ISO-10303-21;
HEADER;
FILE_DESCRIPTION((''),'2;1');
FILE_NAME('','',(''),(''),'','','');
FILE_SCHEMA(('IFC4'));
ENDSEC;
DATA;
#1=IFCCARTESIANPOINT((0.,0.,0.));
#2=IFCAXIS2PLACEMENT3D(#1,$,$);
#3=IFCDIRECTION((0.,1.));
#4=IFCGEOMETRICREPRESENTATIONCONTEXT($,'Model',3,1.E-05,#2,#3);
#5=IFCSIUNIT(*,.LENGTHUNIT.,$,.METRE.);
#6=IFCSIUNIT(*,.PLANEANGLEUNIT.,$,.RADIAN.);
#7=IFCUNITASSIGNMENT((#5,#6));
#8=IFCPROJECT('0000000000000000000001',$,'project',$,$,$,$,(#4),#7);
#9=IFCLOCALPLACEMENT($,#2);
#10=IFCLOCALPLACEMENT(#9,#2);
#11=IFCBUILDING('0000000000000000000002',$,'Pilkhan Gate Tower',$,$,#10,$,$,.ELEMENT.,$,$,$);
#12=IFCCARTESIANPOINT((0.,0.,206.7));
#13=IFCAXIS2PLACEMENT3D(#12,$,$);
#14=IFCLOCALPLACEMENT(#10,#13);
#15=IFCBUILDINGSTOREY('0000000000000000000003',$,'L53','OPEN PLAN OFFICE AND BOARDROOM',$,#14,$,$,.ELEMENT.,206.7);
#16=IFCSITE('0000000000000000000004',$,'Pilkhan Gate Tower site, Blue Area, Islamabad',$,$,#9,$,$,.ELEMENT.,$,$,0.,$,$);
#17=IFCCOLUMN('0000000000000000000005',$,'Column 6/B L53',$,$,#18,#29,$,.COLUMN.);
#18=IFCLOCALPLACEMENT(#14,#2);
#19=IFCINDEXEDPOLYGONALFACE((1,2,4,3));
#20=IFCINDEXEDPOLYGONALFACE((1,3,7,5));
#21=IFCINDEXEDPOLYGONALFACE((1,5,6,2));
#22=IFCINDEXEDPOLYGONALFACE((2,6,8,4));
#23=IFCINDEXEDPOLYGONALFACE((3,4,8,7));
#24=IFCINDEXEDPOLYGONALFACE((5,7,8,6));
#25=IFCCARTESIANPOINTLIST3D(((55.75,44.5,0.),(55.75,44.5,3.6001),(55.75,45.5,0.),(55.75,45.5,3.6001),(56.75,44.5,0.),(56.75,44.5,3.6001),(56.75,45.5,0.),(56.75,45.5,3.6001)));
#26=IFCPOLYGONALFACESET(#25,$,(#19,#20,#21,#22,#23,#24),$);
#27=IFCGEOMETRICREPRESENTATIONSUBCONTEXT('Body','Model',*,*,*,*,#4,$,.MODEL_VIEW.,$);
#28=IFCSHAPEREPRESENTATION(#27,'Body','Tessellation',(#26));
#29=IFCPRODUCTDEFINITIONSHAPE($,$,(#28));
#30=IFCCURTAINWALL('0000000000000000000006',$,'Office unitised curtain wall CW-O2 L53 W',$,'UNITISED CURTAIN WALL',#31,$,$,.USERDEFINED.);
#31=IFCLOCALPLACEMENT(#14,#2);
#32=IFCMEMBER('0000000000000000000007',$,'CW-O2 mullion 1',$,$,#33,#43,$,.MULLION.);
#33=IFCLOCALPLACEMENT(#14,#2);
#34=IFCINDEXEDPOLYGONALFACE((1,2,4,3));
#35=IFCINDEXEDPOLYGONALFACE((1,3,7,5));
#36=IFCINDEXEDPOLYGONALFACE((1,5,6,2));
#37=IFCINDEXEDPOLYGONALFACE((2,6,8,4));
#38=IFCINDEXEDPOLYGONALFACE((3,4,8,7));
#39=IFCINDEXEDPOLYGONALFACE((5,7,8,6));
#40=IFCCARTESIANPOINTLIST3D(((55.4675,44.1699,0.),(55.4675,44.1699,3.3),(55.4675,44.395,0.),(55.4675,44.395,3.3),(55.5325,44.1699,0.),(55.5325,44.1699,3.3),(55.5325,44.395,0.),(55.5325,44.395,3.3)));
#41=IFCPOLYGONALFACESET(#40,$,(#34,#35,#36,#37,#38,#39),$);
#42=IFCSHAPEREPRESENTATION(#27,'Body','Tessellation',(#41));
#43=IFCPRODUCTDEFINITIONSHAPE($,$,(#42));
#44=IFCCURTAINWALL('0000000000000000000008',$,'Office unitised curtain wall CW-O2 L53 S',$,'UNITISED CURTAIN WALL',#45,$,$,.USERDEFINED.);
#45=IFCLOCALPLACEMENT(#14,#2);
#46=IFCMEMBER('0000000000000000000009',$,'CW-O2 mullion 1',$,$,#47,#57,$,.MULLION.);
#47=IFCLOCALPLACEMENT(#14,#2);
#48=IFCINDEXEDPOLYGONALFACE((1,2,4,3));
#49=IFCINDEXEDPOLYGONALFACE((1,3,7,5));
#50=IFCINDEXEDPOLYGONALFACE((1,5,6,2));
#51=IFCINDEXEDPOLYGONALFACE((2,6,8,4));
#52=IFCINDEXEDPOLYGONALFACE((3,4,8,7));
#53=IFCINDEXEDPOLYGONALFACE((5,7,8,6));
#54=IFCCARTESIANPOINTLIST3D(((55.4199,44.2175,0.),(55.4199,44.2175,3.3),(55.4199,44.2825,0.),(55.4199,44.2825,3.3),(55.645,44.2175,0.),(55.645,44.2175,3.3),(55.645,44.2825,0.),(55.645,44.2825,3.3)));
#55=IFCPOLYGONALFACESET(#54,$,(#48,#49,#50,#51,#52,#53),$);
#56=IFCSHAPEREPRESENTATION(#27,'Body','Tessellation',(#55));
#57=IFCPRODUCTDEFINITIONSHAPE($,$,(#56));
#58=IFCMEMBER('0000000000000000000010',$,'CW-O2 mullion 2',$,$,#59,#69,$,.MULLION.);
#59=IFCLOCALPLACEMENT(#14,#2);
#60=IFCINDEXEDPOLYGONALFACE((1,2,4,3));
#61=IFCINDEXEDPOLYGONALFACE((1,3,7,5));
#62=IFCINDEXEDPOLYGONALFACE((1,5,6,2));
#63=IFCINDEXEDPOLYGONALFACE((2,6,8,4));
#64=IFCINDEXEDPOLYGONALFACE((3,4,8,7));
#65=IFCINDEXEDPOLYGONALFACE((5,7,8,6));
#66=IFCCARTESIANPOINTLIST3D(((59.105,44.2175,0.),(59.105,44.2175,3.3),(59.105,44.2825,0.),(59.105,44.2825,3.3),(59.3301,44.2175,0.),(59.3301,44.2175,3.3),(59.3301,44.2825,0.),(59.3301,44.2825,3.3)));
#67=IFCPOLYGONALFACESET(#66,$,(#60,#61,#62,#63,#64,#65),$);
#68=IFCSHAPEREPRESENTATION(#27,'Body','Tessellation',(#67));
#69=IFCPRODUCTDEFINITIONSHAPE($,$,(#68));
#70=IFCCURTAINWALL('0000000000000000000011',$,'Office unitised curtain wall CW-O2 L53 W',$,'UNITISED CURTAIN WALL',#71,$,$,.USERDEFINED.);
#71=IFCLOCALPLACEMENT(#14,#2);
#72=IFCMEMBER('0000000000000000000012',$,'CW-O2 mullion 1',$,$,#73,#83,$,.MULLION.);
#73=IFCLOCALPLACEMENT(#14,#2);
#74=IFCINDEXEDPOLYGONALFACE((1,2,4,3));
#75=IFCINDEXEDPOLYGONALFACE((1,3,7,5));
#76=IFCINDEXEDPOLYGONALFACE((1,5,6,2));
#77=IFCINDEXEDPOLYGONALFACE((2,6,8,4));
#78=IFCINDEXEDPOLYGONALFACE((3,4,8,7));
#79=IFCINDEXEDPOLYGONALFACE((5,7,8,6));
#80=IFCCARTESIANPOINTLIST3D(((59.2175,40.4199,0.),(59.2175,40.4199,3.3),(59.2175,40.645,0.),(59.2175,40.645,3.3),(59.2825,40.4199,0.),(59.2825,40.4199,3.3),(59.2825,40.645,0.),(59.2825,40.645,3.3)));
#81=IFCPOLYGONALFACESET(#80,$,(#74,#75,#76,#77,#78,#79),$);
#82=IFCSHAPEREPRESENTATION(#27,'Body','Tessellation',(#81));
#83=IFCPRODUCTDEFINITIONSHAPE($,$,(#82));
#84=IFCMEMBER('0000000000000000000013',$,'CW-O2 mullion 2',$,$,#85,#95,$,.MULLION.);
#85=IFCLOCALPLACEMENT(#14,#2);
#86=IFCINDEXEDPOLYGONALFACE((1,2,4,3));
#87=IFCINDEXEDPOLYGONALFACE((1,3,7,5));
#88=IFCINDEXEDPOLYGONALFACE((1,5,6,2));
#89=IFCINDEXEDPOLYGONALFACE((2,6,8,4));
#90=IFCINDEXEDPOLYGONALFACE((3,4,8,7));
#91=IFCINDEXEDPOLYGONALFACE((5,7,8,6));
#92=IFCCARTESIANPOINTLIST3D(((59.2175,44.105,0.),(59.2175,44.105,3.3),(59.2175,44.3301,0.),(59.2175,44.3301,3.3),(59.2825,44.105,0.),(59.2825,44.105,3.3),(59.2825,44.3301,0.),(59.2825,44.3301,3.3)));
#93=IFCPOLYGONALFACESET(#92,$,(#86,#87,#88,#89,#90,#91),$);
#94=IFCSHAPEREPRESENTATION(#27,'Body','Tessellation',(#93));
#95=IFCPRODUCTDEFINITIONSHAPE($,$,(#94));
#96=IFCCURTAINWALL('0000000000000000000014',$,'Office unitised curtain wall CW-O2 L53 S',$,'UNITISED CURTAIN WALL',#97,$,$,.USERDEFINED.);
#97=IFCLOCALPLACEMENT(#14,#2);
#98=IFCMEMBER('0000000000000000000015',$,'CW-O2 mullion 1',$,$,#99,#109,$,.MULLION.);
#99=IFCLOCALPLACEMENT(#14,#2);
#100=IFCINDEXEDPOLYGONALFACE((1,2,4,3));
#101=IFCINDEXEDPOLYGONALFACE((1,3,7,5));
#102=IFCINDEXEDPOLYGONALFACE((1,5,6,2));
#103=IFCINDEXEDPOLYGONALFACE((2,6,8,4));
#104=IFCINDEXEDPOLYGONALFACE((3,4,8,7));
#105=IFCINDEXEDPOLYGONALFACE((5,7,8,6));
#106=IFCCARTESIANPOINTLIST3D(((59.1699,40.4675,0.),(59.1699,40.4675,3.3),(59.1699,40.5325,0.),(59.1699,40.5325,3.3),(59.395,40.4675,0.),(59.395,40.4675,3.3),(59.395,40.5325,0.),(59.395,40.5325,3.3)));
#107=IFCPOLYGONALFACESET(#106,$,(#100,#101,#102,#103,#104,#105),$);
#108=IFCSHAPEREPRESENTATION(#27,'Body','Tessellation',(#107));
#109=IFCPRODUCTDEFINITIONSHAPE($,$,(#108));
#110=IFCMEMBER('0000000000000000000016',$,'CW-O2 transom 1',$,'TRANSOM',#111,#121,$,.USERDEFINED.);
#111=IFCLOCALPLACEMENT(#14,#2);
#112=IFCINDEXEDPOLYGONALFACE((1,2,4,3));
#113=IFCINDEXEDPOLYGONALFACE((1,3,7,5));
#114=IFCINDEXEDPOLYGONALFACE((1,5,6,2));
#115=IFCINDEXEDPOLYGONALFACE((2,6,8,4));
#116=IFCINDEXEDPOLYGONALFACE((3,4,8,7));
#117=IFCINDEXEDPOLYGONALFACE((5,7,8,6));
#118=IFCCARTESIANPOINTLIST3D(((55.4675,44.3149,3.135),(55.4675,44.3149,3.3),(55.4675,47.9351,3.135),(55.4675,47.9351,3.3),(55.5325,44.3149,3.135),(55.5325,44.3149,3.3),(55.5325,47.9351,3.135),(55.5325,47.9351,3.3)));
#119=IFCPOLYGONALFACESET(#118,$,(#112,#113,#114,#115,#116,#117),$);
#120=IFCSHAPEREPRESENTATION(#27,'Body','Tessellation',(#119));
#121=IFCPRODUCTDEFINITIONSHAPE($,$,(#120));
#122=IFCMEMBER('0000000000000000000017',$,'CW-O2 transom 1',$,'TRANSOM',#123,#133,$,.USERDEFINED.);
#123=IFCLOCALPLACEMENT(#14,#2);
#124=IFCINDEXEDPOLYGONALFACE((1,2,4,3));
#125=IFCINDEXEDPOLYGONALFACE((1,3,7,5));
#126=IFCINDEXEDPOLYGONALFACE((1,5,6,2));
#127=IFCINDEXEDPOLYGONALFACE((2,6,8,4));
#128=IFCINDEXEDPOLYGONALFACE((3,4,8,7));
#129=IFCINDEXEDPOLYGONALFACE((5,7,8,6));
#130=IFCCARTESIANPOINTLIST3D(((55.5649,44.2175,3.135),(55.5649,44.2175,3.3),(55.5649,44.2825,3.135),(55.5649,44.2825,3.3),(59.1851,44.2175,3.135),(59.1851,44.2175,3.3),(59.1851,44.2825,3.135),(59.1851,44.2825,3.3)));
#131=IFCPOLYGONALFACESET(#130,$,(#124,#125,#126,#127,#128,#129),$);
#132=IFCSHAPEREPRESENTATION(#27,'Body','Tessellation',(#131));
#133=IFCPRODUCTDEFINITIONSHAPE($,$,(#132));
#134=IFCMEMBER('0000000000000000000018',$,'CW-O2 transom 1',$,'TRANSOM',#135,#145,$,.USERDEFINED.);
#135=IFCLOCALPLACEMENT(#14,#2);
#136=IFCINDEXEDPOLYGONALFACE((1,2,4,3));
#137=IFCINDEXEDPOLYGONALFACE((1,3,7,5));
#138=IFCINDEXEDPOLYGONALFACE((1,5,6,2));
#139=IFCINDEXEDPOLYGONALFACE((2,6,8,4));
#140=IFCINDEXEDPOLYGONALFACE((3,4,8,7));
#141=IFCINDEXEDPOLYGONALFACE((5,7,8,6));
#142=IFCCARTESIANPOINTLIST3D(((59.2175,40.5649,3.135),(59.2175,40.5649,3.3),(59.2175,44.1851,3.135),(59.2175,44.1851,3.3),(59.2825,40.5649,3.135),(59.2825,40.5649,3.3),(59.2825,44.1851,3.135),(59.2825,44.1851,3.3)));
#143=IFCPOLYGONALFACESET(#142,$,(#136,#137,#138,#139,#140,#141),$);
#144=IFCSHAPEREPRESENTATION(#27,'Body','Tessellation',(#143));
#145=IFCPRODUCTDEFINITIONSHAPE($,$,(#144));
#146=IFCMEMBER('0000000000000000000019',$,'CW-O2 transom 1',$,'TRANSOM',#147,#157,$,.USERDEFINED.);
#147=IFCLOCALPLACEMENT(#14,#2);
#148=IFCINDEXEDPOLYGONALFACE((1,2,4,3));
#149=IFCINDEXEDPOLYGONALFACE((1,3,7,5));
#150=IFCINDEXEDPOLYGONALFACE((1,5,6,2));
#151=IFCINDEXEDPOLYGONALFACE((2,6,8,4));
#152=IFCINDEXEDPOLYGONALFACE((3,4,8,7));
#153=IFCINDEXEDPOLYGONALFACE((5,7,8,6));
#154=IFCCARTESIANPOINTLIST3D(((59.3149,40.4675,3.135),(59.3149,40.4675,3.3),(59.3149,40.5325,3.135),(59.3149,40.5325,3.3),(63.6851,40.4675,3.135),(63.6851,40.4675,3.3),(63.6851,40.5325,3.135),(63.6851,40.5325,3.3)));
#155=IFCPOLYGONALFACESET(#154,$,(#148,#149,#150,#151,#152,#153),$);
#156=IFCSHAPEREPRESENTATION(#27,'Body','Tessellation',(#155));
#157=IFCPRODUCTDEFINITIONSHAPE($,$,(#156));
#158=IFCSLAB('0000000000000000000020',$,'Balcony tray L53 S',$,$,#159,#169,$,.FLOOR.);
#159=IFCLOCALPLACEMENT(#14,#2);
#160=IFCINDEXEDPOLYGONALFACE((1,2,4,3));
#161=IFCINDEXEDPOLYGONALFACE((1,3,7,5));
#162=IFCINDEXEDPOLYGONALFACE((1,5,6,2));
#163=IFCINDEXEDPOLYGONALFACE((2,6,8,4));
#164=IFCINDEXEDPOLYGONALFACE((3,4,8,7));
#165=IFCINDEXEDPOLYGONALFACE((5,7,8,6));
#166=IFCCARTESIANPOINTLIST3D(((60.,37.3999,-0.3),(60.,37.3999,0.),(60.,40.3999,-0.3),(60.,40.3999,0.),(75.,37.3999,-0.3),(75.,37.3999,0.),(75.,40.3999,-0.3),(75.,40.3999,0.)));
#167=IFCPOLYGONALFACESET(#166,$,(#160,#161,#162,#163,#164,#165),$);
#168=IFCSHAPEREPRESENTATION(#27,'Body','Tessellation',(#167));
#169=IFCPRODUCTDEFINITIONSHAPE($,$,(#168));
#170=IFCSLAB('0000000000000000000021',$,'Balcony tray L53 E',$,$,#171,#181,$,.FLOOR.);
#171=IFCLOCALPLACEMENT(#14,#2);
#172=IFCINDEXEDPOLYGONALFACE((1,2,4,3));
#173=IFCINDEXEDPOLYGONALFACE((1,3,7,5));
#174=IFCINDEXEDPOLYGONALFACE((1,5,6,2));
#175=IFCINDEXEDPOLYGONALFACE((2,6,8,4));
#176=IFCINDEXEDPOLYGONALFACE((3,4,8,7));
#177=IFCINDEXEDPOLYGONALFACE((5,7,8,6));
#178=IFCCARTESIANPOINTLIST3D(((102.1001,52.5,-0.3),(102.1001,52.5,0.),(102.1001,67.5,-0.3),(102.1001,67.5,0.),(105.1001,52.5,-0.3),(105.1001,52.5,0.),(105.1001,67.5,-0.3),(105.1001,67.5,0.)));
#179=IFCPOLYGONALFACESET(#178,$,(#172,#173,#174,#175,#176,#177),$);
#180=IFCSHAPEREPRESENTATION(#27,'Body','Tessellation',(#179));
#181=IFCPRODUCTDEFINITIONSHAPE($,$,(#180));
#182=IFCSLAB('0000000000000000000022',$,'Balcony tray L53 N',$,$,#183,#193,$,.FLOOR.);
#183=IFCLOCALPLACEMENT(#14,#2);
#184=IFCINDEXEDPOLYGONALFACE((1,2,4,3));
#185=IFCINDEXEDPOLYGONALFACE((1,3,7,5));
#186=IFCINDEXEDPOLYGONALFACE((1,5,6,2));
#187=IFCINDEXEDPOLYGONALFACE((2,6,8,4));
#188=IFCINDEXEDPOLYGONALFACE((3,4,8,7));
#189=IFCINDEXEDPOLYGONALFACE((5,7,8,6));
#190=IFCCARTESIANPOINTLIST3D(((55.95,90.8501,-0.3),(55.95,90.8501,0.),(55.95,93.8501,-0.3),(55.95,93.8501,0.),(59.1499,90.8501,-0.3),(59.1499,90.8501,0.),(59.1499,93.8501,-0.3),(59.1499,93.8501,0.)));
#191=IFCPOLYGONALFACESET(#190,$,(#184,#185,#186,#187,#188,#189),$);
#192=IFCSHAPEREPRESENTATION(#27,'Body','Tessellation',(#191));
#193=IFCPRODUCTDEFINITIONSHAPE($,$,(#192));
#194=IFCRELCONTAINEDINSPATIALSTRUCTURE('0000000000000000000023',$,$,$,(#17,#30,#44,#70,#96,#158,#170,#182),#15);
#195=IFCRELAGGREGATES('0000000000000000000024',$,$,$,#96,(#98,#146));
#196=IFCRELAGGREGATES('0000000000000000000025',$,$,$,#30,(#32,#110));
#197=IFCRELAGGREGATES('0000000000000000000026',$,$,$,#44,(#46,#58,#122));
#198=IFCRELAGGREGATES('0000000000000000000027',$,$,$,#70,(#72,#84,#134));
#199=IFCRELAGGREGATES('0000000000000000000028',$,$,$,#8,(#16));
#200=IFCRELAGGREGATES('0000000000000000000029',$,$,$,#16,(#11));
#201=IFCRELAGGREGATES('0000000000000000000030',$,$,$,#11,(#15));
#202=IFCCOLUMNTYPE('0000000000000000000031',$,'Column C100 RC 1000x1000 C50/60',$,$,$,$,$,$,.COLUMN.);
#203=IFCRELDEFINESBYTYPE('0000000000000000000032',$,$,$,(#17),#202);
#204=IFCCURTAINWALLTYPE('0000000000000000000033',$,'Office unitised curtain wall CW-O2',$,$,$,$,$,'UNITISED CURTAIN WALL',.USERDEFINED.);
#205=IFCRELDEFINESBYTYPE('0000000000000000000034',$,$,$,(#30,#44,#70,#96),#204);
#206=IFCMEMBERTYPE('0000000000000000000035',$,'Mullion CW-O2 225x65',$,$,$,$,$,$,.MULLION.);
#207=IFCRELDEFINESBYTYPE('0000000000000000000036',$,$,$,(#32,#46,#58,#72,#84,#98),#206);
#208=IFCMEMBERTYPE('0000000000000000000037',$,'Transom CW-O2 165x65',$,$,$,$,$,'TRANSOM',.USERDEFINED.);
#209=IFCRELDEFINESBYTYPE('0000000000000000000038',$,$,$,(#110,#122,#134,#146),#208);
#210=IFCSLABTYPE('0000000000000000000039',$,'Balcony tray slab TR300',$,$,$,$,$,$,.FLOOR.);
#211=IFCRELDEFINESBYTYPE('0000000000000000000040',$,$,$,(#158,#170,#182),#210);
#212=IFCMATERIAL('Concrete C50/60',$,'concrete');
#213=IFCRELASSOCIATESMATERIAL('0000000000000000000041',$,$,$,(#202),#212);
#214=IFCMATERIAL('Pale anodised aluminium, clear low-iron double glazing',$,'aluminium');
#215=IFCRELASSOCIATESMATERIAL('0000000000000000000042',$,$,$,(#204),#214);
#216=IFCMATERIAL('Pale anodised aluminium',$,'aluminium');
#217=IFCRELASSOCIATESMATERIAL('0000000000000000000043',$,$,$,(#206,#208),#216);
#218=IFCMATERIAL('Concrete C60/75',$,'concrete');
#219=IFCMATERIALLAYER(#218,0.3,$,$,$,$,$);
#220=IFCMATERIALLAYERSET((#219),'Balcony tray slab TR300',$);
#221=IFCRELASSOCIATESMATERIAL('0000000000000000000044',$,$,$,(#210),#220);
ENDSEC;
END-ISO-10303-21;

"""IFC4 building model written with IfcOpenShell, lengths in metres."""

from ifc_helpers import new_model, si_unit, direction, frame, origin, origin_2d, place, context, subcontext, project, spatial, polyline, rectangle, outline, extrude, material, layer, layer_set, material_profile, profile_set, type_object, element, aggregate, save


model = new_model("IFC4")

# Units and contexts
model_context = context("Model", 3, precision=1e-05, world=origin(), true_north=direction((0.0, 1.0)))
body_context = subcontext(model_context, "Body", "Model", "MODEL_VIEW")
ifc_project = project(units=[si_unit("LENGTHUNIT", "METRE"), si_unit("PLANEANGLEUNIT", "RADIAN")], contexts=[model_context])

# Site, building, storey
site_placement = place(None, origin())
site = spatial("IfcSite", under=ifc_project, at=site_placement, Name="Pilkhan Gate Tower site, Blue Area, Islamabad", CompositionType="ELEMENT", RefElevation=0.0)
building_placement = place(site_placement, origin())
building = spatial("IfcBuilding", under=site, at=building_placement, Name="Pilkhan Gate Tower", CompositionType="ELEMENT")
storey_placement = place(building_placement, frame((0.0, 0.0, 206.7)))
storey = spatial("IfcBuildingStorey", under=building, at=storey_placement, Name="L53", Description="OPEN PLAN OFFICE AND BOARDROOM", CompositionType="ELEMENT", Elevation=206.7)

# Column
ifc_material_1 = material(Name="Concrete C50/60", Category="concrete")
ifc_material_profile_1 = material_profile(ifc_material_1, rectangle(XDim=1.0, YDim=1.0, at=origin_2d()), Name="RC 1000x1000")
ifc_profile_set_1 = profile_set([ifc_material_profile_1], Name="Concrete C50/60")
column_type = type_object("IfcColumnType", Name="Column C100 RC 1000x1000 C50/60", PredefinedType="COLUMN", material=ifc_profile_set_1)
column_placement = place(storey_placement, frame((56.25, 45.0, 0.0), z_axis=(0.0, 0.0, 1.0), x_axis=(1.0, 0.0, 0.0)))
element("IfcColumn", 1, at=column_placement, inside=storey, type_object=column_type, Name="Column 6/B L53", PredefinedType="COLUMN", context=body_context, shape_type="SweptSolid", body=[
    extrude(rectangle(XDim=1.0, YDim=1.0, at=origin_2d()), origin(), (0.0, 0.0, 1.0), 3.6001),
])

# Curtain wall, member
ifc_material_2 = material(Name="Pale anodised aluminium, clear low-iron double glazing", Category="aluminium")
curtain_wall_type = type_object("IfcCurtainWallType", Name="Office unitised curtain wall CW-O2", ElementType="UNITISED CURTAIN WALL", PredefinedType="USERDEFINED", material=ifc_material_2)
curtain_wall_1_placement = place(storey_placement, origin())
curtain_wall_1 = element("IfcCurtainWall", 2, at=curtain_wall_1_placement, inside=storey, type_object=curtain_wall_type, Name="Office unitised curtain wall CW-O2 L53 W", ObjectType="UNITISED CURTAIN WALL", PredefinedType="USERDEFINED")
ifc_material_3 = material(Name="Pale anodised aluminium", Category="aluminium")
ifc_material_profile_2 = material_profile(ifc_material_3, rectangle(XDim=0.0649, YDim=0.2251, at=origin_2d()), Name="Mullion 225x65")
ifc_profile_set_2 = profile_set([ifc_material_profile_2], Name="Pale anodised aluminium")
member_type_1 = type_object("IfcMemberType", Name="Mullion CW-O2 225x65", PredefinedType="MULLION", material=ifc_profile_set_2)
member_1_placement = place(storey_placement, frame((55.5, 44.2825, 0.0), z_axis=(0.0, 0.0, 1.0), x_axis=(-1.0, 0.0, 0.0)))
member_1 = element("IfcMember", 3, at=member_1_placement, type_object=member_type_1, Name="CW-O2 mullion 1", PredefinedType="MULLION", context=body_context, shape_type="SweptSolid", body=[
    extrude(rectangle(XDim=0.0649, YDim=0.2251, at=origin_2d()), origin(), (0.0, 0.0, 1.0), 3.3),
])

# Curtain walls, members
curtain_wall_2_placement = place(storey_placement, origin())
curtain_wall_2 = element("IfcCurtainWall", 4, at=curtain_wall_2_placement, inside=storey, type_object=curtain_wall_type, Name="Office unitised curtain wall CW-O2 L53 S", ObjectType="UNITISED CURTAIN WALL", PredefinedType="USERDEFINED")
member_2_placement = place(storey_placement, frame((55.5325, 44.25, 0.0), z_axis=(0.0, 0.0, 1.0), x_axis=(0.0, 1.0, 0.0)))
member_2 = element("IfcMember", 5, at=member_2_placement, type_object=member_type_1, Name="CW-O2 mullion 1", PredefinedType="MULLION", context=body_context, shape_type="SweptSolid", body=[
    extrude(rectangle(XDim=0.0649, YDim=0.2251, at=origin_2d()), origin(), (0.0, 0.0, 1.0), 3.3),
])
member_3_placement = place(storey_placement, frame((59.2175, 44.25, 0.0), z_axis=(0.0, 0.0, 1.0), x_axis=(0.0, 1.0, 0.0)))
member_3 = element("IfcMember", 6, at=member_3_placement, type_object=member_type_1, Name="CW-O2 mullion 2", PredefinedType="MULLION", context=body_context, shape_type="SweptSolid", body=[
    extrude(rectangle(XDim=0.0649, YDim=0.2251, at=origin_2d()), origin(), (0.0, 0.0, 1.0), 3.3),
])
curtain_wall_3_placement = place(storey_placement, origin())
curtain_wall_3 = element("IfcCurtainWall", 7, at=curtain_wall_3_placement, inside=storey, type_object=curtain_wall_type, Name="Office unitised curtain wall CW-O2 L53 W", ObjectType="UNITISED CURTAIN WALL", PredefinedType="USERDEFINED")
member_4_placement = place(storey_placement, frame((59.25, 40.5325, 0.0), z_axis=(0.0, 0.0, 1.0), x_axis=(-1.0, 0.0, 0.0)))
member_4 = element("IfcMember", 8, at=member_4_placement, type_object=member_type_1, Name="CW-O2 mullion 1", PredefinedType="MULLION", context=body_context, shape_type="SweptSolid", body=[
    extrude(rectangle(XDim=0.0649, YDim=0.2251, at=origin_2d()), origin(), (0.0, 0.0, 1.0), 3.3),
])
member_5_placement = place(storey_placement, frame((59.25, 44.2175, 0.0), z_axis=(0.0, 0.0, 1.0), x_axis=(-1.0, 0.0, 0.0)))
member_5 = element("IfcMember", 9, at=member_5_placement, type_object=member_type_1, Name="CW-O2 mullion 2", PredefinedType="MULLION", context=body_context, shape_type="SweptSolid", body=[
    extrude(rectangle(XDim=0.0649, YDim=0.2251, at=origin_2d()), origin(), (0.0, 0.0, 1.0), 3.3),
])

# Curtain wall, member
curtain_wall_4_placement = place(storey_placement, origin())
curtain_wall_4 = element("IfcCurtainWall", 10, at=curtain_wall_4_placement, inside=storey, type_object=curtain_wall_type, Name="Office unitised curtain wall CW-O2 L53 S", ObjectType="UNITISED CURTAIN WALL", PredefinedType="USERDEFINED")
member_6_placement = place(storey_placement, frame((59.2825, 40.5, 0.0), z_axis=(0.0, 0.0, 1.0), x_axis=(0.0, 1.0, 0.0)))
member_6 = element("IfcMember", 11, at=member_6_placement, type_object=member_type_1, Name="CW-O2 mullion 1", PredefinedType="MULLION", context=body_context, shape_type="SweptSolid", body=[
    extrude(rectangle(XDim=0.0649, YDim=0.2251, at=origin_2d()), origin(), (0.0, 0.0, 1.0), 3.3),
])

# Members
ifc_material_profile_3 = material_profile(ifc_material_3, rectangle(XDim=0.0649, YDim=0.165, at=origin_2d()), Name="Transom 165x65")
ifc_profile_set_3 = profile_set([ifc_material_profile_3], Name="Pale anodised aluminium")
member_type_2 = type_object("IfcMemberType", Name="Transom CW-O2 165x65", ElementType="TRANSOM", PredefinedType="USERDEFINED", material=ifc_profile_set_3)
member_7_placement = place(storey_placement, frame((55.5, 44.3149, 3.2175), z_axis=(0.0, 1.0, 0.0), x_axis=(-1.0, 0.0, 0.0)))
member_7 = element("IfcMember", 12, at=member_7_placement, type_object=member_type_2, Name="CW-O2 transom 1", ObjectType="TRANSOM", PredefinedType="USERDEFINED", context=body_context, shape_type="SweptSolid", body=[
    extrude(rectangle(XDim=0.0649, YDim=0.165, at=origin_2d()), origin(), (0.0, 0.0, 1.0), 3.6201),
])
member_8_placement = place(storey_placement, frame((55.5649, 44.25, 3.2175), z_axis=(1.0, 0.0, 0.0), x_axis=(0.0, 1.0, 0.0)))
member_8 = element("IfcMember", 13, at=member_8_placement, type_object=member_type_2, Name="CW-O2 transom 1", ObjectType="TRANSOM", PredefinedType="USERDEFINED", context=body_context, shape_type="SweptSolid", body=[
    extrude(rectangle(XDim=0.0649, YDim=0.165, at=origin_2d()), origin(), (0.0, 0.0, 1.0), 3.6201),
])
member_9_placement = place(storey_placement, frame((59.25, 40.5649, 3.2175), z_axis=(0.0, 1.0, 0.0), x_axis=(-1.0, 0.0, 0.0)))
member_9 = element("IfcMember", 14, at=member_9_placement, type_object=member_type_2, Name="CW-O2 transom 1", ObjectType="TRANSOM", PredefinedType="USERDEFINED", context=body_context, shape_type="SweptSolid", body=[
    extrude(rectangle(XDim=0.0649, YDim=0.165, at=origin_2d()), origin(), (0.0, 0.0, 1.0), 3.6201),
])
member_10_placement = place(storey_placement, frame((59.3149, 40.5, 3.2175), z_axis=(1.0, 0.0, 0.0), x_axis=(0.0, 1.0, 0.0)))
member_10 = element("IfcMember", 15, at=member_10_placement, type_object=member_type_2, Name="CW-O2 transom 1", ObjectType="TRANSOM", PredefinedType="USERDEFINED", context=body_context, shape_type="SweptSolid", body=[
    extrude(rectangle(XDim=0.0649, YDim=0.165, at=origin_2d()), origin(), (0.0, 0.0, 1.0), 4.3701),
])
aggregate(curtain_wall_4, [member_6, member_10])

# Slabs
ifc_material_4 = material(Name="Concrete C60/75", Category="concrete")
ifc_layer_1 = layer(ifc_material_4, 0.3)
ifc_layer_set_1 = layer_set([ifc_layer_1], Name="Balcony tray slab TR300")
slab_type_1 = type_object("IfcSlabType", Name="Balcony tray slab TR300", PredefinedType="FLOOR", material=ifc_layer_set_1)
slab_1_placement = place(storey_placement, frame((0.0, 0.0, -0.3)))
element("IfcSlab", 16, at=slab_1_placement, inside=storey, type_object=slab_type_1, Name="Balcony tray L53 S", PredefinedType="FLOOR", context=body_context, shape_type="SweptSolid", body=[
    extrude(outline(polyline([(75.0, 37.3999), (75.0, 40.3999), (60.0, 40.3999), (60.0, 37.3999), (75.0, 37.3999)])), origin(), (0.0, 0.0, 1.0), 0.3),
])
slab_2_placement = place(storey_placement, frame((0.0, 0.0, -0.3)))
element("IfcSlab", 17, at=slab_2_placement, inside=storey, type_object=slab_type_1, Name="Balcony tray L53 E", PredefinedType="FLOOR", context=body_context, shape_type="SweptSolid", body=[
    extrude(outline(polyline([(105.1001, 52.5), (105.1001, 67.5), (102.1001, 67.5), (102.1001, 52.5), (105.1001, 52.5)])), origin(), (0.0, 0.0, 1.0), 0.3),
])
slab_3_placement = place(storey_placement, frame((0.0, 0.0, -0.3)))
element("IfcSlab", 18, at=slab_3_placement, inside=storey, type_object=slab_type_1, Name="Balcony tray L53 N", PredefinedType="FLOOR", context=body_context, shape_type="SweptSolid", body=[
    extrude(outline(polyline([(59.1499, 90.8501), (59.1499, 93.8501), (55.95, 93.8501), (55.95, 90.8501), (59.1499, 90.8501)])), origin(), (0.0, 0.0, 1.0), 0.3),
])

aggregate(curtain_wall_1, [member_1, member_7])
aggregate(curtain_wall_2, [member_2, member_3, member_8])
aggregate(curtain_wall_3, [member_4, member_5, member_9])

save(model, "model.ifc")
